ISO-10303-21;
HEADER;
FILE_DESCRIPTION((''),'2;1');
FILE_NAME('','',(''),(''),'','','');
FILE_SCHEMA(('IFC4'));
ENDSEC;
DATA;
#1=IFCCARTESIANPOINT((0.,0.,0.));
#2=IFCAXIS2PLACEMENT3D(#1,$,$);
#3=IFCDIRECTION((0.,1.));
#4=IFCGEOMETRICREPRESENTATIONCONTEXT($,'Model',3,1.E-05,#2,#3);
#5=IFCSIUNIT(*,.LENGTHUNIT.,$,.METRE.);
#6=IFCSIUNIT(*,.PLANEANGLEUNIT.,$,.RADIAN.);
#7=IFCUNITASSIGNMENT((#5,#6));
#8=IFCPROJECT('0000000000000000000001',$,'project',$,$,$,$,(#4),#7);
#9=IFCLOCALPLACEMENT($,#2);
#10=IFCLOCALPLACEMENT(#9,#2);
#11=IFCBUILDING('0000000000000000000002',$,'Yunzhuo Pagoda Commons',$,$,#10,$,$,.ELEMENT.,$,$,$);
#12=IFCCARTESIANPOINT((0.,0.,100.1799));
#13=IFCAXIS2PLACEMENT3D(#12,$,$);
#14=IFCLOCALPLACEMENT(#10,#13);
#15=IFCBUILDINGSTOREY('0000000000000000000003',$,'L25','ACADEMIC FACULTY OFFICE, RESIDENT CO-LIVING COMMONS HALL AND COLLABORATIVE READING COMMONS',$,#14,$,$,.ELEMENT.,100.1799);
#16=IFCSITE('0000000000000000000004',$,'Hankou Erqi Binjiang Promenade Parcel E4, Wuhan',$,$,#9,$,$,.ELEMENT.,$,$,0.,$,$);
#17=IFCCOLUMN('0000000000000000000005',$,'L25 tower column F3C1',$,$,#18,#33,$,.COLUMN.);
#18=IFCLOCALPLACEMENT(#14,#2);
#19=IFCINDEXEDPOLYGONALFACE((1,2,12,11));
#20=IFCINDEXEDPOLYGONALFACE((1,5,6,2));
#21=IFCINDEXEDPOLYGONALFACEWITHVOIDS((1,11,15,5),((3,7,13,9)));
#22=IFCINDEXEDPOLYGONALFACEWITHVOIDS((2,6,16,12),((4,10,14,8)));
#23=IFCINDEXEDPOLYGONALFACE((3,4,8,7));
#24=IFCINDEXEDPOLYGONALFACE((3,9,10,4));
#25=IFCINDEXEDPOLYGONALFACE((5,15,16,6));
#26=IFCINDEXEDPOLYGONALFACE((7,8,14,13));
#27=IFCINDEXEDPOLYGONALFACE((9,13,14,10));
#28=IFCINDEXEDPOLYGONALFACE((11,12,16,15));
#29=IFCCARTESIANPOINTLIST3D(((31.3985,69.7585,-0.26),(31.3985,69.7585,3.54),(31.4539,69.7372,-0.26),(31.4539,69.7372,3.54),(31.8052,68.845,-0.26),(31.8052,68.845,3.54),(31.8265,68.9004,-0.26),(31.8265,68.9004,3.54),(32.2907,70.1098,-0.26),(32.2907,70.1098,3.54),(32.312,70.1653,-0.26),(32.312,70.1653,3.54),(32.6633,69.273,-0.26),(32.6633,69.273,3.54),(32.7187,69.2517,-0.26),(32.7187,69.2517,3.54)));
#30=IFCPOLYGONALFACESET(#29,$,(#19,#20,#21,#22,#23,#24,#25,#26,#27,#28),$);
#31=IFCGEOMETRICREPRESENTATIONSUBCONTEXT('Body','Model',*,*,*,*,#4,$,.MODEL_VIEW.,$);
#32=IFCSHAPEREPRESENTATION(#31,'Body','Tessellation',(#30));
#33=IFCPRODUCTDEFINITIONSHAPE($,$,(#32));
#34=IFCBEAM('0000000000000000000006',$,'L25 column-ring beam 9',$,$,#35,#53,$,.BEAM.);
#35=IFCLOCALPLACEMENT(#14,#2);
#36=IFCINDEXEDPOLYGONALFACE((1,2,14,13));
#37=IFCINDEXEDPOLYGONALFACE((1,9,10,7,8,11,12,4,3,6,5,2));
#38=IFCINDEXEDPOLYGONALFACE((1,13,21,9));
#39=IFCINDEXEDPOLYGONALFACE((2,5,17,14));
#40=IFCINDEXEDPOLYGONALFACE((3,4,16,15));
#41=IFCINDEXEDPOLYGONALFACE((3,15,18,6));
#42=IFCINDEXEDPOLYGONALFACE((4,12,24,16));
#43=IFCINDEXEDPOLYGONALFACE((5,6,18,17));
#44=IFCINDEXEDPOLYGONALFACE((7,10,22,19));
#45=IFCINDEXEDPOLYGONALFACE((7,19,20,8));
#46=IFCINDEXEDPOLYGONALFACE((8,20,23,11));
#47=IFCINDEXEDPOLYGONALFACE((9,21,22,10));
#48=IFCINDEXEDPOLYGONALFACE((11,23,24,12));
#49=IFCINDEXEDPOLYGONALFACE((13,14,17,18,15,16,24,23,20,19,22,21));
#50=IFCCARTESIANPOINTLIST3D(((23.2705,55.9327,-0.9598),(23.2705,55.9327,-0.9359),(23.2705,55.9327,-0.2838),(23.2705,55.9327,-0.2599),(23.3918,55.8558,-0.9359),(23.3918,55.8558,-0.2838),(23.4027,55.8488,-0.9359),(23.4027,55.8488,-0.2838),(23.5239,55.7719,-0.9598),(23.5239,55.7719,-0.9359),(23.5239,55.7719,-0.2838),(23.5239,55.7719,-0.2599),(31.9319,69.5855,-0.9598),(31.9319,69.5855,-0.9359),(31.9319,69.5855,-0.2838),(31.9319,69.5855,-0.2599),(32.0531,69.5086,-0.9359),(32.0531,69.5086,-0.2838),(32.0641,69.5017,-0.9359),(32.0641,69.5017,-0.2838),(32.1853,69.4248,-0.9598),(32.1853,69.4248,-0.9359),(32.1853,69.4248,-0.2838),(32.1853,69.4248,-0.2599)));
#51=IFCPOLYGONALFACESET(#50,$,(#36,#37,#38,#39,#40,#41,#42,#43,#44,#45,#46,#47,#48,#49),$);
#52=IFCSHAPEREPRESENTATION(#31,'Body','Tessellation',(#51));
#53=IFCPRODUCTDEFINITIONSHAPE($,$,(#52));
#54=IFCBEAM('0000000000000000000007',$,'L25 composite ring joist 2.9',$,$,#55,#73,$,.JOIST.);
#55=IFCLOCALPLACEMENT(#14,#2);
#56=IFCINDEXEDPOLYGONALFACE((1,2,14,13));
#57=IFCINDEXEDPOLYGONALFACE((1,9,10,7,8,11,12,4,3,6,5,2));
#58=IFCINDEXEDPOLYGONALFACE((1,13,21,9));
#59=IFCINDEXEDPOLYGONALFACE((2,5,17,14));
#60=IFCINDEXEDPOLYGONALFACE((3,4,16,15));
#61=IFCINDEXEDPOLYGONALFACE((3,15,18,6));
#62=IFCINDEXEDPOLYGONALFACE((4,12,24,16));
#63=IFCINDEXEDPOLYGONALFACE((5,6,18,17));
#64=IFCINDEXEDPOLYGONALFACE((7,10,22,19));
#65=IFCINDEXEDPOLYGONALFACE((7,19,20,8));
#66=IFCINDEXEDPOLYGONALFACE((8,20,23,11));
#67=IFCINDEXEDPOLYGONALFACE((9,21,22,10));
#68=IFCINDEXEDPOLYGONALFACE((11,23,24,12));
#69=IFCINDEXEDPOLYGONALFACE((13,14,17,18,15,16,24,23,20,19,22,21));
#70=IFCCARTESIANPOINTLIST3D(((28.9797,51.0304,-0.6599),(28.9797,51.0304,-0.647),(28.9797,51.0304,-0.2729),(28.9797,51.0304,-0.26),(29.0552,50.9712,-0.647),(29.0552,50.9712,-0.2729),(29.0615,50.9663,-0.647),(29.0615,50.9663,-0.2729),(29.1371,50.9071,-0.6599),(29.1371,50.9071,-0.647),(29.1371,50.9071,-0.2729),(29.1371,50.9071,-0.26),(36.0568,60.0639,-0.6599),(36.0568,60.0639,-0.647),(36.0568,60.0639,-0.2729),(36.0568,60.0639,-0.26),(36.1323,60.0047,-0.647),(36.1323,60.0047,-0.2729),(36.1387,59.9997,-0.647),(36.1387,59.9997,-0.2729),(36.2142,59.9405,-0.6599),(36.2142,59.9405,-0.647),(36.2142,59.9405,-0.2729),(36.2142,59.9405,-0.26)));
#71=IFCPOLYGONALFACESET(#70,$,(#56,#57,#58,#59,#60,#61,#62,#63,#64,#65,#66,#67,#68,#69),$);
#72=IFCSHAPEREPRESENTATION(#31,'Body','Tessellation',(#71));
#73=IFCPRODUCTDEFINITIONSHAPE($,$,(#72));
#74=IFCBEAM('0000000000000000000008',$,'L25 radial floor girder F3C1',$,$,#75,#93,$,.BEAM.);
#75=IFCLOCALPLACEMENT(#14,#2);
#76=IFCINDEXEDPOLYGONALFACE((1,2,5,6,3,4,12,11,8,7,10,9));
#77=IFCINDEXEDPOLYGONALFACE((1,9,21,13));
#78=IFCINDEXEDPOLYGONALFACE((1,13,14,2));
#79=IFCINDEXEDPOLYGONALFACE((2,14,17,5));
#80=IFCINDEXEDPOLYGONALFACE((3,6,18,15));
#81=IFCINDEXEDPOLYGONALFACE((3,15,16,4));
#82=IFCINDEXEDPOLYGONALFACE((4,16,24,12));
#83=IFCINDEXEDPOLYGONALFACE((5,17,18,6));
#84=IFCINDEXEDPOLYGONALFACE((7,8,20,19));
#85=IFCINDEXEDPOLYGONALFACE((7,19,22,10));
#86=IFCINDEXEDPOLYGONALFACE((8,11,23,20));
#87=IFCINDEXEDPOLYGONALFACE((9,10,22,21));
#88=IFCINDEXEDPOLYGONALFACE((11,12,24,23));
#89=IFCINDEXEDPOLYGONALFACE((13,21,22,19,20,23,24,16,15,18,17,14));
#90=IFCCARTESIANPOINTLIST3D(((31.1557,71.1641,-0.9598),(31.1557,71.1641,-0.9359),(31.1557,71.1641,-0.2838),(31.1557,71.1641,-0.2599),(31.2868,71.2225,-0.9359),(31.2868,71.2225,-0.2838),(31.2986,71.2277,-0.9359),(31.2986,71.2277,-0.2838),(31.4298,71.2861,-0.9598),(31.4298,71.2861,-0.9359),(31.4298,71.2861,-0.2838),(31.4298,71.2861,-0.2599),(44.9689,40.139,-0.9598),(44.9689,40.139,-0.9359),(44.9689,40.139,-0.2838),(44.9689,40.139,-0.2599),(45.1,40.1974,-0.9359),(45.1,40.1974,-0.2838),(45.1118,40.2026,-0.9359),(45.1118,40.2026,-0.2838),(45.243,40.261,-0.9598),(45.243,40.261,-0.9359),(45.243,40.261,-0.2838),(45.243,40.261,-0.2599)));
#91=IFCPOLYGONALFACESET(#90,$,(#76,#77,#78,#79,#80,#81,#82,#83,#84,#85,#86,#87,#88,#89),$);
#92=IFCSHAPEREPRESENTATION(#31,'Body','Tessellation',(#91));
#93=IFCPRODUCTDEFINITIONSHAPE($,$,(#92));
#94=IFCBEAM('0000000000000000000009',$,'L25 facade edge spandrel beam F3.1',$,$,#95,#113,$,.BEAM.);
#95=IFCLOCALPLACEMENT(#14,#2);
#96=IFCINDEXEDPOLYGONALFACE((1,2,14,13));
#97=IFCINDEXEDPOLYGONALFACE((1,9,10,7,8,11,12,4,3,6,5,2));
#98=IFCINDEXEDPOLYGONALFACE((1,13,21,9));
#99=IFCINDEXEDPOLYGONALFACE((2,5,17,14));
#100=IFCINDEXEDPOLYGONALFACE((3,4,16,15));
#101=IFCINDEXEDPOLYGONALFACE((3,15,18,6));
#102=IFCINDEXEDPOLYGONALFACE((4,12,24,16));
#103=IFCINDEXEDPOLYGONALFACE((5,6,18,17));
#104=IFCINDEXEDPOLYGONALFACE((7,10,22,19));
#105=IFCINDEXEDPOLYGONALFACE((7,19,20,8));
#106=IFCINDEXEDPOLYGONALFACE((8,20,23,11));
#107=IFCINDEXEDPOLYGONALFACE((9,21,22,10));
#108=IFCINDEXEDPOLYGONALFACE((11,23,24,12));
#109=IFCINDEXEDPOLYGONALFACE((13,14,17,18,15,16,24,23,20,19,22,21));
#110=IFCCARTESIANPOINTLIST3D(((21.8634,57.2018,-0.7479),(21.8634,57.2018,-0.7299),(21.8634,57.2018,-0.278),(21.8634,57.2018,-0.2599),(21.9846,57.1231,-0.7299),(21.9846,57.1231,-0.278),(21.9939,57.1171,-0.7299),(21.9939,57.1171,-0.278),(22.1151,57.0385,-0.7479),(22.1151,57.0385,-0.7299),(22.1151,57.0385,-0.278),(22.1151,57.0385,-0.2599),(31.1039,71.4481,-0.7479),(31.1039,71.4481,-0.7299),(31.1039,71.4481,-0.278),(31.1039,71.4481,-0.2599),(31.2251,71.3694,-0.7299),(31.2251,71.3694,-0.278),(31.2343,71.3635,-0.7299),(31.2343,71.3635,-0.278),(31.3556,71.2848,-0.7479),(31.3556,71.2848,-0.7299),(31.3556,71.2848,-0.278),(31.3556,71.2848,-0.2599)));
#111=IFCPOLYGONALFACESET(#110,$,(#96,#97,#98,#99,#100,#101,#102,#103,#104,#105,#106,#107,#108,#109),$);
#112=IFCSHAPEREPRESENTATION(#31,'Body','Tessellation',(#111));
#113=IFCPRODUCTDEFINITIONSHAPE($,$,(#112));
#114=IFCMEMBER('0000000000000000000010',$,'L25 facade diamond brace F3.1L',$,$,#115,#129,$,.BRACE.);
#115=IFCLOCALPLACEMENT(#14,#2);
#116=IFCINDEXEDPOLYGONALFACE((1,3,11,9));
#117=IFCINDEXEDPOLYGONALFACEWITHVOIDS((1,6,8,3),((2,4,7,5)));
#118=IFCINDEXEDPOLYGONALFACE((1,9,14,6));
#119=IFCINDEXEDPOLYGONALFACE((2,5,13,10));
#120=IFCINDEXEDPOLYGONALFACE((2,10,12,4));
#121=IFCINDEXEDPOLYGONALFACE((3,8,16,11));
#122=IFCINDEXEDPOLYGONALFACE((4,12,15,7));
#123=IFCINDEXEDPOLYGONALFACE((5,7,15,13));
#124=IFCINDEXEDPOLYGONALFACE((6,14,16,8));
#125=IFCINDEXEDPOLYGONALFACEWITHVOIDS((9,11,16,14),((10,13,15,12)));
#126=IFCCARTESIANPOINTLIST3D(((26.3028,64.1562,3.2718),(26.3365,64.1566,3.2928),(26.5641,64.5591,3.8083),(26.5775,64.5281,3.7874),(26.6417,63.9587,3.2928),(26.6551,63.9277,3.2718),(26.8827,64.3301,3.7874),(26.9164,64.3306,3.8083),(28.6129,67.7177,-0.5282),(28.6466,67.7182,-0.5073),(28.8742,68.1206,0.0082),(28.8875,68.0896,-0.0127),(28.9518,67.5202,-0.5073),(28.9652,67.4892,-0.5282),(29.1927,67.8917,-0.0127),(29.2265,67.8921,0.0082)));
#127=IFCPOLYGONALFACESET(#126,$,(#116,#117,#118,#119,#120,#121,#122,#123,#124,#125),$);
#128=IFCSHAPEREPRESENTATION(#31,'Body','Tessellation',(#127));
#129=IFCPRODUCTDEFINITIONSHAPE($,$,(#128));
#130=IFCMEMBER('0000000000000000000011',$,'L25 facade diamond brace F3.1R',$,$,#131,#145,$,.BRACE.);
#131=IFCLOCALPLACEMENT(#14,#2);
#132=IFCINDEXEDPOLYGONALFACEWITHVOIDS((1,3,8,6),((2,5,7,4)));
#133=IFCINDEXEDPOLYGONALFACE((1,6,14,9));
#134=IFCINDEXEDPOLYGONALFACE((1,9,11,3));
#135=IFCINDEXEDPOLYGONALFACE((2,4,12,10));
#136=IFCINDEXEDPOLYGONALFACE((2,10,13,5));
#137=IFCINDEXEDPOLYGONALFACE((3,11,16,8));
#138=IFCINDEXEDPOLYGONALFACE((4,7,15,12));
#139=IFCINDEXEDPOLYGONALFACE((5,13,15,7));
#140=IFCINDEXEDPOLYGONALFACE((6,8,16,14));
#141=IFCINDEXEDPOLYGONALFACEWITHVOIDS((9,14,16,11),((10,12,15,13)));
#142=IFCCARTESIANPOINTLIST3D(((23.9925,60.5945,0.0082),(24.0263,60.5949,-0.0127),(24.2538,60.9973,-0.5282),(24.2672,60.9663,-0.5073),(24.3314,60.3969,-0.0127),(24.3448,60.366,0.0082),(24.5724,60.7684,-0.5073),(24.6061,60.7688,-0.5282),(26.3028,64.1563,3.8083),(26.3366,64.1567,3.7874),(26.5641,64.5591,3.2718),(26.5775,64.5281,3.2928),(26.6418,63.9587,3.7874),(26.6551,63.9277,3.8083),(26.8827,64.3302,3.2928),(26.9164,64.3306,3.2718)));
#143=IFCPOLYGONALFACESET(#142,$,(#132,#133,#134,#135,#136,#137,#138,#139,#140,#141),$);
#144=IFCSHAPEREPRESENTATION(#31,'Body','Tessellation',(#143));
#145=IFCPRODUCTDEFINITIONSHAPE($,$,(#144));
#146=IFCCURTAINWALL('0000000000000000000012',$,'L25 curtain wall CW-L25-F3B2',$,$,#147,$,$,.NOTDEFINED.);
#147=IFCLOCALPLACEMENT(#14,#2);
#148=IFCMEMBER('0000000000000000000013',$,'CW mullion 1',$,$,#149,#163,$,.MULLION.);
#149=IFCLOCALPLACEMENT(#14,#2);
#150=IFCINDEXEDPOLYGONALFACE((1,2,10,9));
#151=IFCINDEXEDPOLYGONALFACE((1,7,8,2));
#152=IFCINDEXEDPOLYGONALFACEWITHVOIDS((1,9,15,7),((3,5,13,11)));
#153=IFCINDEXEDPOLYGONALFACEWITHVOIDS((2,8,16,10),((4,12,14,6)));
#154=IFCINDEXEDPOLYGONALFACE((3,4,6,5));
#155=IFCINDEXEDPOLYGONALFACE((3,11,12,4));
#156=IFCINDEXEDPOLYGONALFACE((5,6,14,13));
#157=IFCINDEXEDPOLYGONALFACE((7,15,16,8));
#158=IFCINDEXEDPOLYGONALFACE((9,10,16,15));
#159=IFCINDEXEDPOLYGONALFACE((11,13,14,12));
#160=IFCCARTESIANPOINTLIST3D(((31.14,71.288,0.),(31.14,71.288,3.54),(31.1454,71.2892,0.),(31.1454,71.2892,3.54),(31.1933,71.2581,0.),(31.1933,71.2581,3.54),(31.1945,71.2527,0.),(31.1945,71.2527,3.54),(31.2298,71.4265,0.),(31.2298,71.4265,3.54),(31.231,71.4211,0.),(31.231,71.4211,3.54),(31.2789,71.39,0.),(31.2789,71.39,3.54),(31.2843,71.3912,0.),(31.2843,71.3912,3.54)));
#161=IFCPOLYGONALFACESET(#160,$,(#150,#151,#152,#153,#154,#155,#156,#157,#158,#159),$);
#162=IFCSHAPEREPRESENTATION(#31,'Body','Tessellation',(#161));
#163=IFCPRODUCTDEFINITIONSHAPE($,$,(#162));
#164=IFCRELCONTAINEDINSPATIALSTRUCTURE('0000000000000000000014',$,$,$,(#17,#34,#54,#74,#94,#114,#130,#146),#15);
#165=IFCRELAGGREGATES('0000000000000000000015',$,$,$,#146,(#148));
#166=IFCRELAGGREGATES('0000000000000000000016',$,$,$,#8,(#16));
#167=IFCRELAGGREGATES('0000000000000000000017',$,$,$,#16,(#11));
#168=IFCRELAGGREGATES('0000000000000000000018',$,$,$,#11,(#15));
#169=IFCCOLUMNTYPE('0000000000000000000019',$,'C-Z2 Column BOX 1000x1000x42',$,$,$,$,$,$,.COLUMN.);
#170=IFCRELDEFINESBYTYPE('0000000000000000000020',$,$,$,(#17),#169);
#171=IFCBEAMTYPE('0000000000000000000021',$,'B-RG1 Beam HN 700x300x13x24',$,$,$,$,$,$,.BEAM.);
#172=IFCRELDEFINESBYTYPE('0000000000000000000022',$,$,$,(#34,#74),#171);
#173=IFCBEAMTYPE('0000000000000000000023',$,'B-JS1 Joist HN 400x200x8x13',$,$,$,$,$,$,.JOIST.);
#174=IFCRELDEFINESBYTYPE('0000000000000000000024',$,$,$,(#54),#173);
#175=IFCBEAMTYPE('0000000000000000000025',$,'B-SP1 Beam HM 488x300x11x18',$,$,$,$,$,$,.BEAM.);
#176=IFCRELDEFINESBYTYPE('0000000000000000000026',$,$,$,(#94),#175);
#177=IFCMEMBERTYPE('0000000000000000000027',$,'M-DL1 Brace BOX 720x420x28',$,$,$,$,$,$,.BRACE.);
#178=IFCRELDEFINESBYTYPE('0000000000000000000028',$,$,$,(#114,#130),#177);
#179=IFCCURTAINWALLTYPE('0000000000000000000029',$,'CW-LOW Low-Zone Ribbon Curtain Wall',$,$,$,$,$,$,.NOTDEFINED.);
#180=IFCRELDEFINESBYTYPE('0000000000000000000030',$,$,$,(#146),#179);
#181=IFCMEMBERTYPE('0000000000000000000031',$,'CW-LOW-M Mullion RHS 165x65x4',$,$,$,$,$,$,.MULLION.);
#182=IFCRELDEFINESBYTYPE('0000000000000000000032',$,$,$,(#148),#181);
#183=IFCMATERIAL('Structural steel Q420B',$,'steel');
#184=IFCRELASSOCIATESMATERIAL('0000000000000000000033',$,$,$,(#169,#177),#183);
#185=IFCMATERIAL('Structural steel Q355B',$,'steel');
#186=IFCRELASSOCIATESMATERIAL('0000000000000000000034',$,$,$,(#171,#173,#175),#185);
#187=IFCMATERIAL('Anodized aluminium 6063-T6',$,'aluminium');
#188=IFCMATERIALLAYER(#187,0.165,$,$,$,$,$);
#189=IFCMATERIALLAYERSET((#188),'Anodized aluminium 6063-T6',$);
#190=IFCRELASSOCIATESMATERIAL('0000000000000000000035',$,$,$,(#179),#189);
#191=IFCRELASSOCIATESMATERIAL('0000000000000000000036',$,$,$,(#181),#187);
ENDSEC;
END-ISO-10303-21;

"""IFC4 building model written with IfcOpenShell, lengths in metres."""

from ifc_helpers import new_model, si_unit, direction, frame, origin, origin_2d, place, context, subcontext, project, spatial, hollow_rectangle, i_section, extrude, source, transform, mapped, material, layer, layer_set, material_profile, profile_set, type_object, element, aggregate, save


model = new_model("IFC4")

# Units and contexts
model_context = context("Model", 3, precision=1e-05, world=origin(), true_north=direction((0.0, 1.0)))
body_context = subcontext(model_context, "Body", "Model", "MODEL_VIEW")
ifc_project = project(units=[si_unit("LENGTHUNIT", "METRE"), si_unit("PLANEANGLEUNIT", "RADIAN")], contexts=[model_context])

# Site, building, storey
site_placement = place(None, origin())
site = spatial("IfcSite", under=ifc_project, at=site_placement, Name="Hankou Erqi Binjiang Promenade Parcel E4, Wuhan", CompositionType="ELEMENT", RefElevation=0.0)
building_placement = place(site_placement, origin())
building = spatial("IfcBuilding", under=site, at=building_placement, Name="Yunzhuo Pagoda Commons", CompositionType="ELEMENT")
storey_placement = place(building_placement, frame((0.0, 0.0, 100.1799)))
storey = spatial("IfcBuildingStorey", under=building, at=storey_placement, Name="L25", Description="ACADEMIC FACULTY OFFICE, RESIDENT CO-LIVING COMMONS HALL AND COLLABORATIVE READING COMMONS", CompositionType="ELEMENT", Elevation=100.1799)

# Column
ifc_material_1 = material(Name="Structural steel Q420B", Category="steel")
ifc_material_profile_1 = material_profile(ifc_material_1, hollow_rectangle(XDim=1.0, YDim=1.0, WallThickness=0.042, at=origin_2d()), Name="Structural steel Q420B")
ifc_profile_set_1 = profile_set([ifc_material_profile_1], Name="Structural steel Q420B")
column_type = type_object("IfcColumnType", Name="C-Z2 Column BOX 1000x1000x42", PredefinedType="COLUMN", material=ifc_profile_set_1)
shared_shape_1 = source(origin(), body_context, "Body", "SweptSolid", [
    extrude(hollow_rectangle(XDim=1.0, YDim=1.0, WallThickness=0.042, at=origin_2d()), origin(), (0.0, 0.0, 1.0), 3.8),
])
column_placement = place(storey_placement, frame((32.0586, 69.5051, -0.26), z_axis=(0.0, 0.0, 1.0), x_axis=(-0.913545, -0.406737, 0.0)))
element("IfcColumn", 1, at=column_placement, inside=storey, type_object=column_type, Name="L25 tower column F3C1", PredefinedType="COLUMN", context=body_context, shape_type="MappedRepresentation", body=[
    mapped(shared_shape_1, transform((0.0, 0.0, 0.0), scale=1.0)),
])

# Beams
ifc_material_2 = material(Name="Structural steel Q355B", Category="steel")
ifc_material_profile_2 = material_profile(ifc_material_2, i_section(OverallWidth=0.3, OverallDepth=0.7, WebThickness=0.0129, FlangeThickness=0.0239, at=origin_2d()), Name="Structural steel Q355B")
ifc_profile_set_2 = profile_set([ifc_material_profile_2], Name="Structural steel Q355B")
beam_type_1 = type_object("IfcBeamType", Name="B-RG1 Beam HN 700x300x13x24", PredefinedType="BEAM", material=ifc_profile_set_2)
shared_shape_2 = source(origin(), body_context, "Body", "SweptSolid", [
    extrude(i_section(OverallWidth=0.3, OverallDepth=0.7, WebThickness=0.0129, FlangeThickness=0.0239, at=origin_2d()), origin(), (0.0, 0.0, 1.0), 16.1685),
])
beam_1_placement = place(storey_placement, frame((32.0586, 69.5051, -0.6099), z_axis=(-0.535696, -0.844411, 0.0), x_axis=(0.844411, -0.535696, 0.0)))
element("IfcBeam", 2, at=beam_1_placement, inside=storey, type_object=beam_type_1, Name="L25 column-ring beam 9", PredefinedType="BEAM", context=body_context, shape_type="MappedRepresentation", body=[
    mapped(shared_shape_2, transform((0.0, 0.0, 0.0), scale=1.0)),
])
ifc_material_profile_3 = material_profile(ifc_material_2, i_section(OverallWidth=0.2, OverallDepth=0.3999, WebThickness=0.0081, FlangeThickness=0.0129, at=origin_2d()), Name="Structural steel Q355B")
ifc_profile_set_3 = profile_set([ifc_material_profile_3], Name="Structural steel Q355B")
beam_type_2 = type_object("IfcBeamType", Name="B-JS1 Joist HN 400x200x8x13", PredefinedType="JOIST", material=ifc_profile_set_3)
shared_shape_3 = source(origin(), body_context, "Body", "SweptSolid", [
    extrude(i_section(OverallWidth=0.2, OverallDepth=0.3999, WebThickness=0.0081, FlangeThickness=0.0129, at=origin_2d()), origin(), (0.0, 0.0, 1.0), 11.4756),
])
beam_2_placement = place(storey_placement, frame((36.1355, 60.0022, -0.46), z_axis=(-0.616713, -0.787188, 0.0), x_axis=(0.787188, -0.616713, 0.0)))
element("IfcBeam", 3, at=beam_2_placement, inside=storey, type_object=beam_type_2, Name="L25 composite ring joist 2.9", PredefinedType="JOIST", context=body_context, shape_type="MappedRepresentation", body=[
    mapped(shared_shape_3, transform((0.0, 0.0, 0.0), scale=1.0)),
])
shared_shape_4 = source(origin(), body_context, "Body", "SweptSolid", [
    extrude(i_section(OverallWidth=0.3, OverallDepth=0.7, WebThickness=0.0129, FlangeThickness=0.0239, at=origin_2d()), origin(), (0.0, 0.0, 1.0), 33.9612),
])
beam_3_placement = place(storey_placement, frame((31.2927, 71.2251, -0.6099), z_axis=(0.406735, -0.913546, 0.0), x_axis=(0.913546, 0.406735, 0.0)))
element("IfcBeam", 4, at=beam_3_placement, inside=storey, type_object=beam_type_1, Name="L25 radial floor girder F3C1", PredefinedType="BEAM", context=body_context, shape_type="MappedRepresentation", body=[
    mapped(shared_shape_4, transform((0.0, 0.0, 0.0), scale=1.0)),
])
ifc_material_profile_4 = material_profile(ifc_material_2, i_section(OverallWidth=0.3, OverallDepth=0.488, WebThickness=0.011, FlangeThickness=0.0181, at=origin_2d()), Name="Structural steel Q355B")
ifc_profile_set_4 = profile_set([ifc_material_profile_4], Name="Structural steel Q355B")
beam_type_3 = type_object("IfcBeamType", Name="B-SP1 Beam HM 488x300x11x18", PredefinedType="BEAM", material=ifc_profile_set_4)
shared_shape_5 = source(origin(), body_context, "Body", "SweptSolid", [
    extrude(i_section(OverallWidth=0.3, OverallDepth=0.488, WebThickness=0.011, FlangeThickness=0.0181, at=origin_2d()), origin(), (0.0, 0.0, 1.0), 16.9807),
])
beam_4_placement = place(storey_placement, frame((31.2297, 71.3665, -0.5039), z_axis=(-0.544175, -0.838972, 0.0), x_axis=(0.838972, -0.544175, 0.0)))
element("IfcBeam", 5, at=beam_4_placement, inside=storey, type_object=beam_type_3, Name="L25 facade edge spandrel beam F3.1", PredefinedType="BEAM", context=body_context, shape_type="MappedRepresentation", body=[
    mapped(shared_shape_5, transform((0.0, 0.0, 0.0), scale=1.0)),
])

# Members
ifc_material_profile_5 = material_profile(ifc_material_1, hollow_rectangle(XDim=0.4199, YDim=0.72, WallThickness=0.0281, at=origin_2d()), Name="Structural steel Q420B")
ifc_profile_set_5 = profile_set([ifc_material_profile_5], Name="Structural steel Q420B")
member_type_1 = type_object("IfcMemberType", Name="M-DL1 Brace BOX 720x420x28", PredefinedType="BRACE", material=ifc_profile_set_5)
shared_shape_6 = source(origin(), body_context, "Body", "SweptSolid", [
    extrude(hollow_rectangle(XDim=0.4199, YDim=0.72, WallThickness=0.0281, at=origin_2d()), origin(), (0.0, 0.0, 1.0), 5.6975),
])
member_1_placement = place(storey_placement, frame((28.9197, 67.8049, -0.26), z_axis=(-0.405453, -0.625106, 0.666971), x_axis=(0.838974, -0.544171, 0.0)))
element("IfcMember", 6, at=member_1_placement, inside=storey, type_object=member_type_1, Name="L25 facade diamond brace F3.1L", PredefinedType="BRACE", context=body_context, shape_type="MappedRepresentation", body=[
    mapped(shared_shape_6, transform((0.0, 0.0, 0.0), scale=1.0)),
])
shared_shape_7 = source(origin(), body_context, "Body", "SweptSolid", [
    extrude(hollow_rectangle(XDim=0.4199, YDim=0.72, WallThickness=0.0281, at=origin_2d()), origin(), (0.0, 0.0, 1.0), 5.6978),
])
member_2_placement = place(storey_placement, frame((24.2993, 60.6816, -0.26), z_axis=(0.405478, 0.625121, 0.666942), x_axis=(-0.838965, 0.544186, 0.0)))
element("IfcMember", 7, at=member_2_placement, inside=storey, type_object=member_type_1, Name="L25 facade diamond brace F3.1R", PredefinedType="BRACE", context=body_context, shape_type="MappedRepresentation", body=[
    mapped(shared_shape_7, transform((0.0, 0.0, 0.0), scale=1.0)),
])

# Curtain wall, member
ifc_material_3 = material(Name="Anodized aluminium 6063-T6", Category="aluminium")
ifc_layer_1 = layer(ifc_material_3, 0.165)
ifc_layer_set_1 = layer_set([ifc_layer_1], Name="Anodized aluminium 6063-T6")
curtain_wall_type = type_object("IfcCurtainWallType", Name="CW-LOW Low-Zone Ribbon Curtain Wall", PredefinedType="NOTDEFINED", material=ifc_layer_set_1)
curtain_wall_1_placement = place(storey_placement, origin())
curtain_wall_1 = element("IfcCurtainWall", 8, at=curtain_wall_1_placement, inside=storey, type_object=curtain_wall_type, Name="L25 curtain wall CW-L25-F3B2", PredefinedType="NOTDEFINED")
ifc_material_profile_6 = material_profile(ifc_material_3, hollow_rectangle(XDim=0.0649, YDim=0.165, WallThickness=0.0039, at=origin_2d()), Name="Anodized aluminium 6063-T6")
ifc_profile_set_6 = profile_set([ifc_material_profile_6], Name="Anodized aluminium 6063-T6")
member_type_2 = type_object("IfcMemberType", Name="CW-LOW-M Mullion RHS 165x65x4", PredefinedType="MULLION", material=ifc_profile_set_6)
shared_shape_8 = source(origin(), body_context, "Body", "SweptSolid", [
    extrude(hollow_rectangle(XDim=0.0649, YDim=0.165, WallThickness=0.0039, at=origin_2d()), origin(), (0.0, 0.0, 1.0), 3.54),
])
member_3_placement = place(storey_placement, frame((31.2122, 71.3396, 0.0), z_axis=(0.0, 0.0, 1.0), x_axis=(0.838972, -0.544174, 0.0)))
member_3 = element("IfcMember", 9, at=member_3_placement, type_object=member_type_2, Name="CW mullion 1", PredefinedType="MULLION", context=body_context, shape_type="MappedRepresentation", body=[
    mapped(shared_shape_8, transform((0.0, 0.0, 0.0), scale=1.0)),
])

aggregate(curtain_wall_1, [member_3])

save(model, "model.ifc")
